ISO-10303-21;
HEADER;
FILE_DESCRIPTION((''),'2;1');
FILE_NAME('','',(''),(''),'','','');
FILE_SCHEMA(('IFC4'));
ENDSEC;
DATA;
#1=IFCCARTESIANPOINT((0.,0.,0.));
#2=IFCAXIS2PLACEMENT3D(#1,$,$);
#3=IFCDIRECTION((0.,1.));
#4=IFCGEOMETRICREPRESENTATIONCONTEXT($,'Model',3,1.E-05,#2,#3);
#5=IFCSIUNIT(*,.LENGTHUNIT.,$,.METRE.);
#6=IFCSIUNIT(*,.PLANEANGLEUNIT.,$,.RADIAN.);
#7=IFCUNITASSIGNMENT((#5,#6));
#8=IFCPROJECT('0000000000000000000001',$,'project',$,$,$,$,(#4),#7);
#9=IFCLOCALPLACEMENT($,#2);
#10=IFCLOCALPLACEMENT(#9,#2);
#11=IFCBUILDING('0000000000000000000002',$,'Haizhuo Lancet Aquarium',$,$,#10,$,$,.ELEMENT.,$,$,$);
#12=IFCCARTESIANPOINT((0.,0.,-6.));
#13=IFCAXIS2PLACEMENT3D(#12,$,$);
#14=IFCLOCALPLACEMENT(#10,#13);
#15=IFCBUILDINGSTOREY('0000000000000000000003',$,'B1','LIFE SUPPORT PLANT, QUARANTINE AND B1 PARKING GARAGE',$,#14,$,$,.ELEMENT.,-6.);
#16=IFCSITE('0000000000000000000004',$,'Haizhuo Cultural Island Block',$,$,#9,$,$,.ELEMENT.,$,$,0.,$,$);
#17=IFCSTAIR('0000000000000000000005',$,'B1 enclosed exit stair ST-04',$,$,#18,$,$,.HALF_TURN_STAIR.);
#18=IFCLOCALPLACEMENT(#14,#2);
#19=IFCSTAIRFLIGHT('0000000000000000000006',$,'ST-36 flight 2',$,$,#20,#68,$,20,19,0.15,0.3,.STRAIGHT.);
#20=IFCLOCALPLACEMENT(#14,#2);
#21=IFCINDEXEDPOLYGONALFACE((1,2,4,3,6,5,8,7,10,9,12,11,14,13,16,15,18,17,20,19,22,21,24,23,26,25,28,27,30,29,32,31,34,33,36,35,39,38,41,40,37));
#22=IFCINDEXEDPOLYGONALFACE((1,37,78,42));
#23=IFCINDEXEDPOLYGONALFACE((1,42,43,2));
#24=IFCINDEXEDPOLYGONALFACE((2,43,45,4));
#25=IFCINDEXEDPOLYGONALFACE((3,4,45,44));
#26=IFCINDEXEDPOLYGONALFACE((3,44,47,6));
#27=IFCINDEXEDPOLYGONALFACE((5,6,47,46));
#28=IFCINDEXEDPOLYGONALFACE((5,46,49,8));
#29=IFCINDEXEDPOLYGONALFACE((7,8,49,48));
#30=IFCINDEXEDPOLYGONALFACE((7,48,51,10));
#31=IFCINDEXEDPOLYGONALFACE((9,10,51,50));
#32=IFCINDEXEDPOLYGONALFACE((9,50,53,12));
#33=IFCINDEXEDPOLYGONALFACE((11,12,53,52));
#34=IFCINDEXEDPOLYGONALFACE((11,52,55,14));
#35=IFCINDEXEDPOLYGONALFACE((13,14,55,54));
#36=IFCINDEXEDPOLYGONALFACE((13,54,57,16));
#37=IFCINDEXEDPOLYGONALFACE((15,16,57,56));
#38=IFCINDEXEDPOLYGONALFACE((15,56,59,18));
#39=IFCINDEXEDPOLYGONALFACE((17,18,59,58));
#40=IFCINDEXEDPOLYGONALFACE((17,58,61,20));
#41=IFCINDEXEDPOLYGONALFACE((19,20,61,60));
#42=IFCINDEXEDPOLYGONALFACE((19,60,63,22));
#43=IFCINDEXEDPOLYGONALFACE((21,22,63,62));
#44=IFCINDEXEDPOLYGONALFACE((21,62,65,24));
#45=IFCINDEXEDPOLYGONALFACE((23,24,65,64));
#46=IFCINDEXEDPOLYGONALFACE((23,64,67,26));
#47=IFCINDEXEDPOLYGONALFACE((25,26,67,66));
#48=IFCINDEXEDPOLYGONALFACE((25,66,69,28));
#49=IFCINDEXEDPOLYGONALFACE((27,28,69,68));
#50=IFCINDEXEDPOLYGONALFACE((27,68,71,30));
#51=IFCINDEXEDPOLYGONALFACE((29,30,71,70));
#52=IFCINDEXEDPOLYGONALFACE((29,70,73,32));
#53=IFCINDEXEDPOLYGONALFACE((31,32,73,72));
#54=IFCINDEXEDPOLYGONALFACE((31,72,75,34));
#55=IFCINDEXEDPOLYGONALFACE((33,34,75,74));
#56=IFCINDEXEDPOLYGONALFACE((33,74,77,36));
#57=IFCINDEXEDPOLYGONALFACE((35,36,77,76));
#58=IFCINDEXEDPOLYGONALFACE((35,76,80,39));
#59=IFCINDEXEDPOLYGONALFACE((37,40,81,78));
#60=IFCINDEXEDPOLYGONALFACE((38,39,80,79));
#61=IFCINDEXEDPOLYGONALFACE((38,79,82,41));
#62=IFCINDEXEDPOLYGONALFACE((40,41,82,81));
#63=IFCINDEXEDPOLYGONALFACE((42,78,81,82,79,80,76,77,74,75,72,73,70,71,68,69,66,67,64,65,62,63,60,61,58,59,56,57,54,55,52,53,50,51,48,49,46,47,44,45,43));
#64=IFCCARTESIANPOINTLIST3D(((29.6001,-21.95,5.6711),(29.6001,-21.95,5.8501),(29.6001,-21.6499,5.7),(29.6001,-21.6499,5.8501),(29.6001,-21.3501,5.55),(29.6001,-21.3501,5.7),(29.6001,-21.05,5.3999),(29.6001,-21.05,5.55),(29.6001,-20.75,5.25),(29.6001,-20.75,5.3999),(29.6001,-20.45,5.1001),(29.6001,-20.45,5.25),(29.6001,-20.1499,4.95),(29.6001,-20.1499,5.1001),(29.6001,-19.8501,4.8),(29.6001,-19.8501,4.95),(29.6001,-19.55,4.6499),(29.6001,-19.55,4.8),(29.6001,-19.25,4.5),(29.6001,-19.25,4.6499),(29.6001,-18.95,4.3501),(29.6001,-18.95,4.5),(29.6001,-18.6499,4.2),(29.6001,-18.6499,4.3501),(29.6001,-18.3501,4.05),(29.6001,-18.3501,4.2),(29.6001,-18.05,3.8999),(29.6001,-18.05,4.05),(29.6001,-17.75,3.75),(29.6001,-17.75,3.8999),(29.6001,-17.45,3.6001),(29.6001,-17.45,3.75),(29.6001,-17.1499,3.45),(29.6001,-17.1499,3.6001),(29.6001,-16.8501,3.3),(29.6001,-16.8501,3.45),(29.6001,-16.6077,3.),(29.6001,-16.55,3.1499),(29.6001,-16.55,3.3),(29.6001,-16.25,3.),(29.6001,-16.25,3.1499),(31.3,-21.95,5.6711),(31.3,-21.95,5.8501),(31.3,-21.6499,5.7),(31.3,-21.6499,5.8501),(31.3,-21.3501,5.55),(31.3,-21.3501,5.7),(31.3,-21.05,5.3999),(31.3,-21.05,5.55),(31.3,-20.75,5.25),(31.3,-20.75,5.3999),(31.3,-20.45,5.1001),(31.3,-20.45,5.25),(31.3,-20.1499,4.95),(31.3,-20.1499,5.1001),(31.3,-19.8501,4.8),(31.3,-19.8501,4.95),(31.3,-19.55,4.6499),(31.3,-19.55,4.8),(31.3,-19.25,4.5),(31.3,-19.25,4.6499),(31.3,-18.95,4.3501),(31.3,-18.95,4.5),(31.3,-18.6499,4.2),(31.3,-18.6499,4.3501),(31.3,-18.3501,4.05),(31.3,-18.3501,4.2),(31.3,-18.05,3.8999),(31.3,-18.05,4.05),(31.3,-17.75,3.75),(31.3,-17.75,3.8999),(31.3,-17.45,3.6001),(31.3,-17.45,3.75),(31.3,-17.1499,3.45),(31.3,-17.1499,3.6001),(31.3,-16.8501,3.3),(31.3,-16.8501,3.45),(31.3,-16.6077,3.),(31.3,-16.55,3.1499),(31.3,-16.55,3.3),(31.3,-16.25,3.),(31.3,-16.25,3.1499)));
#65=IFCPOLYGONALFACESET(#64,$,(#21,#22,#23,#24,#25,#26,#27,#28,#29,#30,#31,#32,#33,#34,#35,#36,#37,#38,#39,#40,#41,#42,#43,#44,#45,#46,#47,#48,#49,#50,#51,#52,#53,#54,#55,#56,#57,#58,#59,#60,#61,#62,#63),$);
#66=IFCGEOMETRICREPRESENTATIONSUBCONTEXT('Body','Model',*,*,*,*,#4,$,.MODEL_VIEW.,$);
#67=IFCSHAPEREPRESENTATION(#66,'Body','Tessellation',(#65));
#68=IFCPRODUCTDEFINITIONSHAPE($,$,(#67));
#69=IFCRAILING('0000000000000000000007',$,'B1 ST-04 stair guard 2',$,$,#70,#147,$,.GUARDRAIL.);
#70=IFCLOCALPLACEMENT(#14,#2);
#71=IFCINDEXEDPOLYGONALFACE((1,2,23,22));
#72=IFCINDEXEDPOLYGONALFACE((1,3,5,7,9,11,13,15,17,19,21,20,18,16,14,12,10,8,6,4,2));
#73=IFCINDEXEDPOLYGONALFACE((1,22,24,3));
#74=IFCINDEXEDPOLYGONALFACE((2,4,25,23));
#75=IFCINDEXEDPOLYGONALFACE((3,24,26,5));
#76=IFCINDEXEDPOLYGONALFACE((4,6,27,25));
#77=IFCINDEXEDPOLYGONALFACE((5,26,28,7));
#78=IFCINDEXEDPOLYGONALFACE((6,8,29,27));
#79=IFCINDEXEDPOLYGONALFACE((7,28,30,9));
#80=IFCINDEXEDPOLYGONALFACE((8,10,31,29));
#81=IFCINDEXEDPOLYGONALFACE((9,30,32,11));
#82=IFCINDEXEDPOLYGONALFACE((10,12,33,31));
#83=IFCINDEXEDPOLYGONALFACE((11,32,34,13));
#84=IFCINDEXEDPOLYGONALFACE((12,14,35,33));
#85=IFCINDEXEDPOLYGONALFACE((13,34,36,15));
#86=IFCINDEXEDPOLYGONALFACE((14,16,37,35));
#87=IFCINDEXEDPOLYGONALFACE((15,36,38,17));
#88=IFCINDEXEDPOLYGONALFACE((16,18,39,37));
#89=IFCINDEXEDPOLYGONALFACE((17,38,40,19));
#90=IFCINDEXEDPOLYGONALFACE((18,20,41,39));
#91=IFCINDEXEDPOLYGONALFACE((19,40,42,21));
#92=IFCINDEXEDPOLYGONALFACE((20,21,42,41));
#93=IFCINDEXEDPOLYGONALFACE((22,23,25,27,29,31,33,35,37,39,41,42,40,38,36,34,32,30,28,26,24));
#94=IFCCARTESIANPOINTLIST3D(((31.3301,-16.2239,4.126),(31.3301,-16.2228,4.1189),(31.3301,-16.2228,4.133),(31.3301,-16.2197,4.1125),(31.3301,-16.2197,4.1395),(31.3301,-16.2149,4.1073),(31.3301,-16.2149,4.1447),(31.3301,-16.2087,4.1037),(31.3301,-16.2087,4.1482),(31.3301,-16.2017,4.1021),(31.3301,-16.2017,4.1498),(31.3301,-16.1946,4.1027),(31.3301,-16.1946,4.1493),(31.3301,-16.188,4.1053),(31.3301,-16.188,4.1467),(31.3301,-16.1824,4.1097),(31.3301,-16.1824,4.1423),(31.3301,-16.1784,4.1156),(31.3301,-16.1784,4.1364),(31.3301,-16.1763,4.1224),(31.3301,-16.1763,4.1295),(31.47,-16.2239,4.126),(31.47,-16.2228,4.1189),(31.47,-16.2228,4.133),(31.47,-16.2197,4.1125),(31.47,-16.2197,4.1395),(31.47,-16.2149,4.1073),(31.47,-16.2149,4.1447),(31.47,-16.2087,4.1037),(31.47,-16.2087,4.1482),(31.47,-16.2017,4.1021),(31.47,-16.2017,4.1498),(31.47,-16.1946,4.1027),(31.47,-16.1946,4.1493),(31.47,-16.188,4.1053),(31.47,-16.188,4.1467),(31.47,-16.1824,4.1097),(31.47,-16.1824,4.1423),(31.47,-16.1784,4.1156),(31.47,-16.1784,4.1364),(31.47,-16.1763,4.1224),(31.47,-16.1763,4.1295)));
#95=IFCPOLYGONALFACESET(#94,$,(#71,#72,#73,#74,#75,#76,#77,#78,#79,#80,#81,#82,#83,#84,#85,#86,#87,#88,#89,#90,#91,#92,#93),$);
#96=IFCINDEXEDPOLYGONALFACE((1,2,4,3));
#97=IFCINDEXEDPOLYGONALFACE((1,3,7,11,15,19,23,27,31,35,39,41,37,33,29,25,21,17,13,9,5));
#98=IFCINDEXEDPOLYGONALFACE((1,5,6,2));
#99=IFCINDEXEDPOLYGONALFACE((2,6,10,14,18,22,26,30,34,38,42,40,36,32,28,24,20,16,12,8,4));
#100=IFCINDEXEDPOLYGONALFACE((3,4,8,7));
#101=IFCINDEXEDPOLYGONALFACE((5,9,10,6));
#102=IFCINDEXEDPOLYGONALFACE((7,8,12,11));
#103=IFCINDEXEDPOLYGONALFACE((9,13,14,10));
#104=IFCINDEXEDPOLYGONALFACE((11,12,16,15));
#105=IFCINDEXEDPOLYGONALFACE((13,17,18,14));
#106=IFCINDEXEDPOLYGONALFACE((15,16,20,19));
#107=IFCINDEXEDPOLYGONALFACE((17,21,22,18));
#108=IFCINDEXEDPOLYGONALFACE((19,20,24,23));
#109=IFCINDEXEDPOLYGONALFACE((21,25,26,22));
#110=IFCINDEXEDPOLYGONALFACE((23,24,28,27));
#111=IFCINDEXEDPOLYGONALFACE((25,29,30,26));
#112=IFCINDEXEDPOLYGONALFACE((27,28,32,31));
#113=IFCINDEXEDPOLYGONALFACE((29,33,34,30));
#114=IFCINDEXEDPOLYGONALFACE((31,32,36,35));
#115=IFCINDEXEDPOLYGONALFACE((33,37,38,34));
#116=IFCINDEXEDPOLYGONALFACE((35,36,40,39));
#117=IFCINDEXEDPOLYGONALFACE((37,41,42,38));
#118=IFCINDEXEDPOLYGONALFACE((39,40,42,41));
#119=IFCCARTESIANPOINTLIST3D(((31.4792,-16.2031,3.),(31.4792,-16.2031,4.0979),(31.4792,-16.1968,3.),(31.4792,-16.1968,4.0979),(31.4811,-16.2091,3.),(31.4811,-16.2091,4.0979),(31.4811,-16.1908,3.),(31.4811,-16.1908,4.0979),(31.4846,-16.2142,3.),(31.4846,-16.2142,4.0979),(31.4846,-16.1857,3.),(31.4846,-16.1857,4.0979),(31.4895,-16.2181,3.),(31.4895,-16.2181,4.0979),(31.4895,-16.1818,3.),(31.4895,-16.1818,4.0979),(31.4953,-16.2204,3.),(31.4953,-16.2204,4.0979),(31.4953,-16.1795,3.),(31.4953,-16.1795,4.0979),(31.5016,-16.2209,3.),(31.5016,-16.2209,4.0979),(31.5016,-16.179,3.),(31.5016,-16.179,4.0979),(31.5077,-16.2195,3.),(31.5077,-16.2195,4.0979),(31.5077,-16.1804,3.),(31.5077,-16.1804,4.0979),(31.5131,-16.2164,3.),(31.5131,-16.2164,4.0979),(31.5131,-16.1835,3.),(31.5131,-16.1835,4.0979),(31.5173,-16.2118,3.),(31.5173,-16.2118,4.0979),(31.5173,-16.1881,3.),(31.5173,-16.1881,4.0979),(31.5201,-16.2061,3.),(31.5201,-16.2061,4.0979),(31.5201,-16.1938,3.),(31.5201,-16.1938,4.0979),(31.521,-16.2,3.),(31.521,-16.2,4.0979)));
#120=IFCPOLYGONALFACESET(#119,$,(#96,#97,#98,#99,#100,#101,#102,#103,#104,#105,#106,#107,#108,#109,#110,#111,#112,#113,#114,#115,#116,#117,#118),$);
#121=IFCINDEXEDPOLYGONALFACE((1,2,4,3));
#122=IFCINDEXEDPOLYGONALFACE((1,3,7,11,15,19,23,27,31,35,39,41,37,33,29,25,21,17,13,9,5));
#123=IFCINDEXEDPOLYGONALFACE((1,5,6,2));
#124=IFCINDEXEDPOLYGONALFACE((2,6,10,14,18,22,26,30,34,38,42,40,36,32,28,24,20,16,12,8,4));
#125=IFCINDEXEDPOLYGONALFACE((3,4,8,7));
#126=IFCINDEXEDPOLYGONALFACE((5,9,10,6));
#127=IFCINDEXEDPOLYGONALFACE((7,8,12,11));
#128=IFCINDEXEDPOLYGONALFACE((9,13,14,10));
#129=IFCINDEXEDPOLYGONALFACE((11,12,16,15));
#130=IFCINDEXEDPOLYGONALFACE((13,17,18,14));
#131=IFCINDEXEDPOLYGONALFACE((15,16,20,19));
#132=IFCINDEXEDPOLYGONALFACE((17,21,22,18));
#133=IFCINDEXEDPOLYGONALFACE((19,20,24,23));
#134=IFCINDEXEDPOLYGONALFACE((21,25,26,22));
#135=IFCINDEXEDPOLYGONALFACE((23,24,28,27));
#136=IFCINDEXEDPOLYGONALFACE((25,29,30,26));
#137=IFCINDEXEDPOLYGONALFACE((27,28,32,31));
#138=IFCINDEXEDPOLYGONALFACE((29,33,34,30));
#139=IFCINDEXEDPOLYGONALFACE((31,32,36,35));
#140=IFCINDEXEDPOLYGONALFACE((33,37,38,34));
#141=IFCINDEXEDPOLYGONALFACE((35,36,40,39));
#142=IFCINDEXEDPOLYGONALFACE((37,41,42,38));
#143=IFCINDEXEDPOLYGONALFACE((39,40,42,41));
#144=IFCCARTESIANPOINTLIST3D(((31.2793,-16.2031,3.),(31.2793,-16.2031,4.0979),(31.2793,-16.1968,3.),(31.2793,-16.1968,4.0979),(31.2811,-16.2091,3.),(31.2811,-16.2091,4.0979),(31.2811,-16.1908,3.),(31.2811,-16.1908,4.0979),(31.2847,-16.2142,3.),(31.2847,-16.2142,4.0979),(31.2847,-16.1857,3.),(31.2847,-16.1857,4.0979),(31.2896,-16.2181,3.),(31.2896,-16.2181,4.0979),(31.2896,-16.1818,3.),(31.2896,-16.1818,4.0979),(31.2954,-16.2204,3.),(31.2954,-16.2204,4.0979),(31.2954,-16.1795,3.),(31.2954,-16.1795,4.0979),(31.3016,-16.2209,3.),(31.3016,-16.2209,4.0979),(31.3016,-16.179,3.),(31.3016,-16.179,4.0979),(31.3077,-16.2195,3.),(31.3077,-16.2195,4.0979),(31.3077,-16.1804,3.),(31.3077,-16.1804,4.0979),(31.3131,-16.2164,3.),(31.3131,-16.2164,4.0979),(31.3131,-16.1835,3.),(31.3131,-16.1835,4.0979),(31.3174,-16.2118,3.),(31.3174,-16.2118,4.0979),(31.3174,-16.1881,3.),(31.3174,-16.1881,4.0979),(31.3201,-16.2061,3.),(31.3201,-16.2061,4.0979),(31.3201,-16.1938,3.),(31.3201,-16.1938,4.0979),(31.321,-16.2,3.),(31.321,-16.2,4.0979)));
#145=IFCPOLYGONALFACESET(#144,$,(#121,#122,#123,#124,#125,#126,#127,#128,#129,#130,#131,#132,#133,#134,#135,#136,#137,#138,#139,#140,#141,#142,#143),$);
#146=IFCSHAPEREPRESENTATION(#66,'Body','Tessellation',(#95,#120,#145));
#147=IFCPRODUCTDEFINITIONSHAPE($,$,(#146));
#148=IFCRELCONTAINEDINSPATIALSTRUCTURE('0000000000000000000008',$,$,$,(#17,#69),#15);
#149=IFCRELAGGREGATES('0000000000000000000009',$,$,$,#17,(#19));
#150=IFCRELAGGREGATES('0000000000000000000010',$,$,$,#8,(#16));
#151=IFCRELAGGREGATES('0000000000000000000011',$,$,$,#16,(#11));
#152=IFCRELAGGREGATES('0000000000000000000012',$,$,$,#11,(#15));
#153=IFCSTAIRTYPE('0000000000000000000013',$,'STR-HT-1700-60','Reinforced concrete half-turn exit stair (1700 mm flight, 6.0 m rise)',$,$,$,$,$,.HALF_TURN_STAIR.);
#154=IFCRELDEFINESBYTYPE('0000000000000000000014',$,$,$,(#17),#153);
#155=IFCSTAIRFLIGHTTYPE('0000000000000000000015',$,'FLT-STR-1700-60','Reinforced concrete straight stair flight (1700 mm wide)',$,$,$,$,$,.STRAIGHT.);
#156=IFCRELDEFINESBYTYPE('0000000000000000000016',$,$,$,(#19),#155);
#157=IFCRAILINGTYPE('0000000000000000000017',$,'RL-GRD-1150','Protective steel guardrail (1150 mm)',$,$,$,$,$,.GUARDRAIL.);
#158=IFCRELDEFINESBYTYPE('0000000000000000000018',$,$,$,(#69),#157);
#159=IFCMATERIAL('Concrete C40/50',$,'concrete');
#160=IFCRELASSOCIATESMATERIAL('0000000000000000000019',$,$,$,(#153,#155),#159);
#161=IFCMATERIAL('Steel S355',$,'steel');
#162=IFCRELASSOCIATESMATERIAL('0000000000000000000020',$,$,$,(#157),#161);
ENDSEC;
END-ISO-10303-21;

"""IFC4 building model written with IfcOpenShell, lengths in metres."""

from ifc_helpers import new_model, si_unit, direction, frame, origin, origin_2d, place, context, subcontext, project, spatial, polyline, circle, outline, extrude, material, type_object, element, aggregate, save


model = new_model("IFC4")

# Units and contexts
model_context = context("Model", 3, precision=1e-05, world=origin(), true_north=direction((0.0, 1.0)))
body_context = subcontext(model_context, "Body", "Model", "MODEL_VIEW")
ifc_project = project(units=[si_unit("LENGTHUNIT", "METRE"), si_unit("PLANEANGLEUNIT", "RADIAN")], contexts=[model_context])

# Site, building, storey
site_placement = place(None, origin())
site = spatial("IfcSite", under=ifc_project, at=site_placement, Name="Haizhuo Cultural Island Block", CompositionType="ELEMENT", RefElevation=0.0)
building_placement = place(site_placement, origin())
building = spatial("IfcBuilding", under=site, at=building_placement, Name="Haizhuo Lancet Aquarium", CompositionType="ELEMENT")
storey_placement = place(building_placement, frame((0.0, 0.0, -6.0)))
storey = spatial("IfcBuildingStorey", under=building, at=storey_placement, Name="B1", Description="LIFE SUPPORT PLANT, QUARANTINE AND B1 PARKING GARAGE", CompositionType="ELEMENT", Elevation=-6.0)

# Shared definitions
ifc_material_1 = material(Name="Concrete C40/50", Category="concrete")

# Shared definitions
ifc_material_2 = material(Name="Steel S355", Category="steel")

# Stair, stair flight
stair_type = type_object("IfcStairType", Name="STR-HT-1700-60", Description="Reinforced concrete half-turn exit stair (1700 mm flight, 6.0 m rise)", PredefinedType="HALF_TURN_STAIR", material=ifc_material_1)
stair_placement = place(storey_placement, origin())
stair = element("IfcStair", 1, at=stair_placement, inside=storey, type_object=stair_type, Name="B1 enclosed exit stair ST-04", PredefinedType="HALF_TURN_STAIR")
stair_flight_type = type_object("IfcStairFlightType", Name="FLT-STR-1700-60", Description="Reinforced concrete straight stair flight (1700 mm wide)", PredefinedType="STRAIGHT", material=ifc_material_1)
stair_flight_placement = place(storey_placement, frame((30.45, -16.25, 3.0), z_axis=(0.0, 0.0, 1.0), x_axis=(0.0, -1.0, 0.0)))
stair_flight = element("IfcStairFlight", 2, at=stair_flight_placement, type_object=stair_flight_type, Name="ST-36 flight 2", NumberOfRisers=20, NumberOfTreads=19, PredefinedType="STRAIGHT", RiserHeight=0.15, TreadLength=0.3, context=body_context, shape_type="SweptSolid", body=[
    extrude(outline(polyline([(0.0, 0.0), (0.0, 0.1499), (0.3, 0.1499), (0.3, 0.3), (0.6001, 0.3), (0.6001, 0.45), (0.8999, 0.45), (0.8999, 0.6001), (1.2, 0.6001), (1.2, 0.75), (1.5, 0.75), (1.5, 0.8999), (1.8, 0.8999), (1.8, 1.05), (2.1001, 1.05), (2.1001, 1.2), (2.3999, 1.2), (2.3999, 1.3501), (2.7, 1.3501), (2.7, 1.5), (3.0, 1.5), (3.0, 1.6499), (3.3, 1.6499), (3.3, 1.8), (3.6001, 1.8), (3.6001, 1.95), (3.8999, 1.95), (3.8999, 2.1001), (4.2, 2.1001), (4.2, 2.25), (4.5, 2.25), (4.5, 2.3999), (4.8, 2.3999), (4.8, 2.55), (5.1001, 2.55), (5.1001, 2.7), (5.3999, 2.7), (5.3999, 2.8501), (5.7, 2.8501), (5.7, 3.0), (5.7, 2.6711), (0.3577, 0.0), (0.0, 0.0)])), frame((0.0, 0.8501, 0.0), z_axis=(0.0, -1.0, 0.0), x_axis=(1.0, 0.0, 0.0)), (0.0, 0.0, 1.0), 1.7),
])
aggregate(stair, [stair_flight])

# Railing
railing_type_1 = type_object("IfcRailingType", Name="RL-GRD-1150", Description="Protective steel guardrail (1150 mm)", PredefinedType="GUARDRAIL", material=ifc_material_2)
railing_1_placement = place(storey_placement, frame((31.5, -16.2, 3.0)))
element("IfcRailing", 3, at=railing_1_placement, inside=storey, type_object=railing_type_1, Name="B1 ST-04 stair guard 2", PredefinedType="GUARDRAIL", context=body_context, shape_type="SweptSolid", body=[
    extrude(circle(Radius=0.0239, at=origin_2d()), frame((-0.03, 0.0, 1.126), z_axis=(-1.0, 0.0, 0.0), x_axis=(0.0, -1.0, 0.0)), (0.0, 0.0, 1.0), 0.1399),
    extrude(circle(Radius=0.021, at=origin_2d()), origin(), (0.0, 0.0, 1.0), 1.0979),
    extrude(circle(Radius=0.021, at=origin_2d()), frame((-0.2, 0.0, 0.0)), (0.0, 0.0, 1.0), 1.0979),
])

save(model, "model.ifc")
